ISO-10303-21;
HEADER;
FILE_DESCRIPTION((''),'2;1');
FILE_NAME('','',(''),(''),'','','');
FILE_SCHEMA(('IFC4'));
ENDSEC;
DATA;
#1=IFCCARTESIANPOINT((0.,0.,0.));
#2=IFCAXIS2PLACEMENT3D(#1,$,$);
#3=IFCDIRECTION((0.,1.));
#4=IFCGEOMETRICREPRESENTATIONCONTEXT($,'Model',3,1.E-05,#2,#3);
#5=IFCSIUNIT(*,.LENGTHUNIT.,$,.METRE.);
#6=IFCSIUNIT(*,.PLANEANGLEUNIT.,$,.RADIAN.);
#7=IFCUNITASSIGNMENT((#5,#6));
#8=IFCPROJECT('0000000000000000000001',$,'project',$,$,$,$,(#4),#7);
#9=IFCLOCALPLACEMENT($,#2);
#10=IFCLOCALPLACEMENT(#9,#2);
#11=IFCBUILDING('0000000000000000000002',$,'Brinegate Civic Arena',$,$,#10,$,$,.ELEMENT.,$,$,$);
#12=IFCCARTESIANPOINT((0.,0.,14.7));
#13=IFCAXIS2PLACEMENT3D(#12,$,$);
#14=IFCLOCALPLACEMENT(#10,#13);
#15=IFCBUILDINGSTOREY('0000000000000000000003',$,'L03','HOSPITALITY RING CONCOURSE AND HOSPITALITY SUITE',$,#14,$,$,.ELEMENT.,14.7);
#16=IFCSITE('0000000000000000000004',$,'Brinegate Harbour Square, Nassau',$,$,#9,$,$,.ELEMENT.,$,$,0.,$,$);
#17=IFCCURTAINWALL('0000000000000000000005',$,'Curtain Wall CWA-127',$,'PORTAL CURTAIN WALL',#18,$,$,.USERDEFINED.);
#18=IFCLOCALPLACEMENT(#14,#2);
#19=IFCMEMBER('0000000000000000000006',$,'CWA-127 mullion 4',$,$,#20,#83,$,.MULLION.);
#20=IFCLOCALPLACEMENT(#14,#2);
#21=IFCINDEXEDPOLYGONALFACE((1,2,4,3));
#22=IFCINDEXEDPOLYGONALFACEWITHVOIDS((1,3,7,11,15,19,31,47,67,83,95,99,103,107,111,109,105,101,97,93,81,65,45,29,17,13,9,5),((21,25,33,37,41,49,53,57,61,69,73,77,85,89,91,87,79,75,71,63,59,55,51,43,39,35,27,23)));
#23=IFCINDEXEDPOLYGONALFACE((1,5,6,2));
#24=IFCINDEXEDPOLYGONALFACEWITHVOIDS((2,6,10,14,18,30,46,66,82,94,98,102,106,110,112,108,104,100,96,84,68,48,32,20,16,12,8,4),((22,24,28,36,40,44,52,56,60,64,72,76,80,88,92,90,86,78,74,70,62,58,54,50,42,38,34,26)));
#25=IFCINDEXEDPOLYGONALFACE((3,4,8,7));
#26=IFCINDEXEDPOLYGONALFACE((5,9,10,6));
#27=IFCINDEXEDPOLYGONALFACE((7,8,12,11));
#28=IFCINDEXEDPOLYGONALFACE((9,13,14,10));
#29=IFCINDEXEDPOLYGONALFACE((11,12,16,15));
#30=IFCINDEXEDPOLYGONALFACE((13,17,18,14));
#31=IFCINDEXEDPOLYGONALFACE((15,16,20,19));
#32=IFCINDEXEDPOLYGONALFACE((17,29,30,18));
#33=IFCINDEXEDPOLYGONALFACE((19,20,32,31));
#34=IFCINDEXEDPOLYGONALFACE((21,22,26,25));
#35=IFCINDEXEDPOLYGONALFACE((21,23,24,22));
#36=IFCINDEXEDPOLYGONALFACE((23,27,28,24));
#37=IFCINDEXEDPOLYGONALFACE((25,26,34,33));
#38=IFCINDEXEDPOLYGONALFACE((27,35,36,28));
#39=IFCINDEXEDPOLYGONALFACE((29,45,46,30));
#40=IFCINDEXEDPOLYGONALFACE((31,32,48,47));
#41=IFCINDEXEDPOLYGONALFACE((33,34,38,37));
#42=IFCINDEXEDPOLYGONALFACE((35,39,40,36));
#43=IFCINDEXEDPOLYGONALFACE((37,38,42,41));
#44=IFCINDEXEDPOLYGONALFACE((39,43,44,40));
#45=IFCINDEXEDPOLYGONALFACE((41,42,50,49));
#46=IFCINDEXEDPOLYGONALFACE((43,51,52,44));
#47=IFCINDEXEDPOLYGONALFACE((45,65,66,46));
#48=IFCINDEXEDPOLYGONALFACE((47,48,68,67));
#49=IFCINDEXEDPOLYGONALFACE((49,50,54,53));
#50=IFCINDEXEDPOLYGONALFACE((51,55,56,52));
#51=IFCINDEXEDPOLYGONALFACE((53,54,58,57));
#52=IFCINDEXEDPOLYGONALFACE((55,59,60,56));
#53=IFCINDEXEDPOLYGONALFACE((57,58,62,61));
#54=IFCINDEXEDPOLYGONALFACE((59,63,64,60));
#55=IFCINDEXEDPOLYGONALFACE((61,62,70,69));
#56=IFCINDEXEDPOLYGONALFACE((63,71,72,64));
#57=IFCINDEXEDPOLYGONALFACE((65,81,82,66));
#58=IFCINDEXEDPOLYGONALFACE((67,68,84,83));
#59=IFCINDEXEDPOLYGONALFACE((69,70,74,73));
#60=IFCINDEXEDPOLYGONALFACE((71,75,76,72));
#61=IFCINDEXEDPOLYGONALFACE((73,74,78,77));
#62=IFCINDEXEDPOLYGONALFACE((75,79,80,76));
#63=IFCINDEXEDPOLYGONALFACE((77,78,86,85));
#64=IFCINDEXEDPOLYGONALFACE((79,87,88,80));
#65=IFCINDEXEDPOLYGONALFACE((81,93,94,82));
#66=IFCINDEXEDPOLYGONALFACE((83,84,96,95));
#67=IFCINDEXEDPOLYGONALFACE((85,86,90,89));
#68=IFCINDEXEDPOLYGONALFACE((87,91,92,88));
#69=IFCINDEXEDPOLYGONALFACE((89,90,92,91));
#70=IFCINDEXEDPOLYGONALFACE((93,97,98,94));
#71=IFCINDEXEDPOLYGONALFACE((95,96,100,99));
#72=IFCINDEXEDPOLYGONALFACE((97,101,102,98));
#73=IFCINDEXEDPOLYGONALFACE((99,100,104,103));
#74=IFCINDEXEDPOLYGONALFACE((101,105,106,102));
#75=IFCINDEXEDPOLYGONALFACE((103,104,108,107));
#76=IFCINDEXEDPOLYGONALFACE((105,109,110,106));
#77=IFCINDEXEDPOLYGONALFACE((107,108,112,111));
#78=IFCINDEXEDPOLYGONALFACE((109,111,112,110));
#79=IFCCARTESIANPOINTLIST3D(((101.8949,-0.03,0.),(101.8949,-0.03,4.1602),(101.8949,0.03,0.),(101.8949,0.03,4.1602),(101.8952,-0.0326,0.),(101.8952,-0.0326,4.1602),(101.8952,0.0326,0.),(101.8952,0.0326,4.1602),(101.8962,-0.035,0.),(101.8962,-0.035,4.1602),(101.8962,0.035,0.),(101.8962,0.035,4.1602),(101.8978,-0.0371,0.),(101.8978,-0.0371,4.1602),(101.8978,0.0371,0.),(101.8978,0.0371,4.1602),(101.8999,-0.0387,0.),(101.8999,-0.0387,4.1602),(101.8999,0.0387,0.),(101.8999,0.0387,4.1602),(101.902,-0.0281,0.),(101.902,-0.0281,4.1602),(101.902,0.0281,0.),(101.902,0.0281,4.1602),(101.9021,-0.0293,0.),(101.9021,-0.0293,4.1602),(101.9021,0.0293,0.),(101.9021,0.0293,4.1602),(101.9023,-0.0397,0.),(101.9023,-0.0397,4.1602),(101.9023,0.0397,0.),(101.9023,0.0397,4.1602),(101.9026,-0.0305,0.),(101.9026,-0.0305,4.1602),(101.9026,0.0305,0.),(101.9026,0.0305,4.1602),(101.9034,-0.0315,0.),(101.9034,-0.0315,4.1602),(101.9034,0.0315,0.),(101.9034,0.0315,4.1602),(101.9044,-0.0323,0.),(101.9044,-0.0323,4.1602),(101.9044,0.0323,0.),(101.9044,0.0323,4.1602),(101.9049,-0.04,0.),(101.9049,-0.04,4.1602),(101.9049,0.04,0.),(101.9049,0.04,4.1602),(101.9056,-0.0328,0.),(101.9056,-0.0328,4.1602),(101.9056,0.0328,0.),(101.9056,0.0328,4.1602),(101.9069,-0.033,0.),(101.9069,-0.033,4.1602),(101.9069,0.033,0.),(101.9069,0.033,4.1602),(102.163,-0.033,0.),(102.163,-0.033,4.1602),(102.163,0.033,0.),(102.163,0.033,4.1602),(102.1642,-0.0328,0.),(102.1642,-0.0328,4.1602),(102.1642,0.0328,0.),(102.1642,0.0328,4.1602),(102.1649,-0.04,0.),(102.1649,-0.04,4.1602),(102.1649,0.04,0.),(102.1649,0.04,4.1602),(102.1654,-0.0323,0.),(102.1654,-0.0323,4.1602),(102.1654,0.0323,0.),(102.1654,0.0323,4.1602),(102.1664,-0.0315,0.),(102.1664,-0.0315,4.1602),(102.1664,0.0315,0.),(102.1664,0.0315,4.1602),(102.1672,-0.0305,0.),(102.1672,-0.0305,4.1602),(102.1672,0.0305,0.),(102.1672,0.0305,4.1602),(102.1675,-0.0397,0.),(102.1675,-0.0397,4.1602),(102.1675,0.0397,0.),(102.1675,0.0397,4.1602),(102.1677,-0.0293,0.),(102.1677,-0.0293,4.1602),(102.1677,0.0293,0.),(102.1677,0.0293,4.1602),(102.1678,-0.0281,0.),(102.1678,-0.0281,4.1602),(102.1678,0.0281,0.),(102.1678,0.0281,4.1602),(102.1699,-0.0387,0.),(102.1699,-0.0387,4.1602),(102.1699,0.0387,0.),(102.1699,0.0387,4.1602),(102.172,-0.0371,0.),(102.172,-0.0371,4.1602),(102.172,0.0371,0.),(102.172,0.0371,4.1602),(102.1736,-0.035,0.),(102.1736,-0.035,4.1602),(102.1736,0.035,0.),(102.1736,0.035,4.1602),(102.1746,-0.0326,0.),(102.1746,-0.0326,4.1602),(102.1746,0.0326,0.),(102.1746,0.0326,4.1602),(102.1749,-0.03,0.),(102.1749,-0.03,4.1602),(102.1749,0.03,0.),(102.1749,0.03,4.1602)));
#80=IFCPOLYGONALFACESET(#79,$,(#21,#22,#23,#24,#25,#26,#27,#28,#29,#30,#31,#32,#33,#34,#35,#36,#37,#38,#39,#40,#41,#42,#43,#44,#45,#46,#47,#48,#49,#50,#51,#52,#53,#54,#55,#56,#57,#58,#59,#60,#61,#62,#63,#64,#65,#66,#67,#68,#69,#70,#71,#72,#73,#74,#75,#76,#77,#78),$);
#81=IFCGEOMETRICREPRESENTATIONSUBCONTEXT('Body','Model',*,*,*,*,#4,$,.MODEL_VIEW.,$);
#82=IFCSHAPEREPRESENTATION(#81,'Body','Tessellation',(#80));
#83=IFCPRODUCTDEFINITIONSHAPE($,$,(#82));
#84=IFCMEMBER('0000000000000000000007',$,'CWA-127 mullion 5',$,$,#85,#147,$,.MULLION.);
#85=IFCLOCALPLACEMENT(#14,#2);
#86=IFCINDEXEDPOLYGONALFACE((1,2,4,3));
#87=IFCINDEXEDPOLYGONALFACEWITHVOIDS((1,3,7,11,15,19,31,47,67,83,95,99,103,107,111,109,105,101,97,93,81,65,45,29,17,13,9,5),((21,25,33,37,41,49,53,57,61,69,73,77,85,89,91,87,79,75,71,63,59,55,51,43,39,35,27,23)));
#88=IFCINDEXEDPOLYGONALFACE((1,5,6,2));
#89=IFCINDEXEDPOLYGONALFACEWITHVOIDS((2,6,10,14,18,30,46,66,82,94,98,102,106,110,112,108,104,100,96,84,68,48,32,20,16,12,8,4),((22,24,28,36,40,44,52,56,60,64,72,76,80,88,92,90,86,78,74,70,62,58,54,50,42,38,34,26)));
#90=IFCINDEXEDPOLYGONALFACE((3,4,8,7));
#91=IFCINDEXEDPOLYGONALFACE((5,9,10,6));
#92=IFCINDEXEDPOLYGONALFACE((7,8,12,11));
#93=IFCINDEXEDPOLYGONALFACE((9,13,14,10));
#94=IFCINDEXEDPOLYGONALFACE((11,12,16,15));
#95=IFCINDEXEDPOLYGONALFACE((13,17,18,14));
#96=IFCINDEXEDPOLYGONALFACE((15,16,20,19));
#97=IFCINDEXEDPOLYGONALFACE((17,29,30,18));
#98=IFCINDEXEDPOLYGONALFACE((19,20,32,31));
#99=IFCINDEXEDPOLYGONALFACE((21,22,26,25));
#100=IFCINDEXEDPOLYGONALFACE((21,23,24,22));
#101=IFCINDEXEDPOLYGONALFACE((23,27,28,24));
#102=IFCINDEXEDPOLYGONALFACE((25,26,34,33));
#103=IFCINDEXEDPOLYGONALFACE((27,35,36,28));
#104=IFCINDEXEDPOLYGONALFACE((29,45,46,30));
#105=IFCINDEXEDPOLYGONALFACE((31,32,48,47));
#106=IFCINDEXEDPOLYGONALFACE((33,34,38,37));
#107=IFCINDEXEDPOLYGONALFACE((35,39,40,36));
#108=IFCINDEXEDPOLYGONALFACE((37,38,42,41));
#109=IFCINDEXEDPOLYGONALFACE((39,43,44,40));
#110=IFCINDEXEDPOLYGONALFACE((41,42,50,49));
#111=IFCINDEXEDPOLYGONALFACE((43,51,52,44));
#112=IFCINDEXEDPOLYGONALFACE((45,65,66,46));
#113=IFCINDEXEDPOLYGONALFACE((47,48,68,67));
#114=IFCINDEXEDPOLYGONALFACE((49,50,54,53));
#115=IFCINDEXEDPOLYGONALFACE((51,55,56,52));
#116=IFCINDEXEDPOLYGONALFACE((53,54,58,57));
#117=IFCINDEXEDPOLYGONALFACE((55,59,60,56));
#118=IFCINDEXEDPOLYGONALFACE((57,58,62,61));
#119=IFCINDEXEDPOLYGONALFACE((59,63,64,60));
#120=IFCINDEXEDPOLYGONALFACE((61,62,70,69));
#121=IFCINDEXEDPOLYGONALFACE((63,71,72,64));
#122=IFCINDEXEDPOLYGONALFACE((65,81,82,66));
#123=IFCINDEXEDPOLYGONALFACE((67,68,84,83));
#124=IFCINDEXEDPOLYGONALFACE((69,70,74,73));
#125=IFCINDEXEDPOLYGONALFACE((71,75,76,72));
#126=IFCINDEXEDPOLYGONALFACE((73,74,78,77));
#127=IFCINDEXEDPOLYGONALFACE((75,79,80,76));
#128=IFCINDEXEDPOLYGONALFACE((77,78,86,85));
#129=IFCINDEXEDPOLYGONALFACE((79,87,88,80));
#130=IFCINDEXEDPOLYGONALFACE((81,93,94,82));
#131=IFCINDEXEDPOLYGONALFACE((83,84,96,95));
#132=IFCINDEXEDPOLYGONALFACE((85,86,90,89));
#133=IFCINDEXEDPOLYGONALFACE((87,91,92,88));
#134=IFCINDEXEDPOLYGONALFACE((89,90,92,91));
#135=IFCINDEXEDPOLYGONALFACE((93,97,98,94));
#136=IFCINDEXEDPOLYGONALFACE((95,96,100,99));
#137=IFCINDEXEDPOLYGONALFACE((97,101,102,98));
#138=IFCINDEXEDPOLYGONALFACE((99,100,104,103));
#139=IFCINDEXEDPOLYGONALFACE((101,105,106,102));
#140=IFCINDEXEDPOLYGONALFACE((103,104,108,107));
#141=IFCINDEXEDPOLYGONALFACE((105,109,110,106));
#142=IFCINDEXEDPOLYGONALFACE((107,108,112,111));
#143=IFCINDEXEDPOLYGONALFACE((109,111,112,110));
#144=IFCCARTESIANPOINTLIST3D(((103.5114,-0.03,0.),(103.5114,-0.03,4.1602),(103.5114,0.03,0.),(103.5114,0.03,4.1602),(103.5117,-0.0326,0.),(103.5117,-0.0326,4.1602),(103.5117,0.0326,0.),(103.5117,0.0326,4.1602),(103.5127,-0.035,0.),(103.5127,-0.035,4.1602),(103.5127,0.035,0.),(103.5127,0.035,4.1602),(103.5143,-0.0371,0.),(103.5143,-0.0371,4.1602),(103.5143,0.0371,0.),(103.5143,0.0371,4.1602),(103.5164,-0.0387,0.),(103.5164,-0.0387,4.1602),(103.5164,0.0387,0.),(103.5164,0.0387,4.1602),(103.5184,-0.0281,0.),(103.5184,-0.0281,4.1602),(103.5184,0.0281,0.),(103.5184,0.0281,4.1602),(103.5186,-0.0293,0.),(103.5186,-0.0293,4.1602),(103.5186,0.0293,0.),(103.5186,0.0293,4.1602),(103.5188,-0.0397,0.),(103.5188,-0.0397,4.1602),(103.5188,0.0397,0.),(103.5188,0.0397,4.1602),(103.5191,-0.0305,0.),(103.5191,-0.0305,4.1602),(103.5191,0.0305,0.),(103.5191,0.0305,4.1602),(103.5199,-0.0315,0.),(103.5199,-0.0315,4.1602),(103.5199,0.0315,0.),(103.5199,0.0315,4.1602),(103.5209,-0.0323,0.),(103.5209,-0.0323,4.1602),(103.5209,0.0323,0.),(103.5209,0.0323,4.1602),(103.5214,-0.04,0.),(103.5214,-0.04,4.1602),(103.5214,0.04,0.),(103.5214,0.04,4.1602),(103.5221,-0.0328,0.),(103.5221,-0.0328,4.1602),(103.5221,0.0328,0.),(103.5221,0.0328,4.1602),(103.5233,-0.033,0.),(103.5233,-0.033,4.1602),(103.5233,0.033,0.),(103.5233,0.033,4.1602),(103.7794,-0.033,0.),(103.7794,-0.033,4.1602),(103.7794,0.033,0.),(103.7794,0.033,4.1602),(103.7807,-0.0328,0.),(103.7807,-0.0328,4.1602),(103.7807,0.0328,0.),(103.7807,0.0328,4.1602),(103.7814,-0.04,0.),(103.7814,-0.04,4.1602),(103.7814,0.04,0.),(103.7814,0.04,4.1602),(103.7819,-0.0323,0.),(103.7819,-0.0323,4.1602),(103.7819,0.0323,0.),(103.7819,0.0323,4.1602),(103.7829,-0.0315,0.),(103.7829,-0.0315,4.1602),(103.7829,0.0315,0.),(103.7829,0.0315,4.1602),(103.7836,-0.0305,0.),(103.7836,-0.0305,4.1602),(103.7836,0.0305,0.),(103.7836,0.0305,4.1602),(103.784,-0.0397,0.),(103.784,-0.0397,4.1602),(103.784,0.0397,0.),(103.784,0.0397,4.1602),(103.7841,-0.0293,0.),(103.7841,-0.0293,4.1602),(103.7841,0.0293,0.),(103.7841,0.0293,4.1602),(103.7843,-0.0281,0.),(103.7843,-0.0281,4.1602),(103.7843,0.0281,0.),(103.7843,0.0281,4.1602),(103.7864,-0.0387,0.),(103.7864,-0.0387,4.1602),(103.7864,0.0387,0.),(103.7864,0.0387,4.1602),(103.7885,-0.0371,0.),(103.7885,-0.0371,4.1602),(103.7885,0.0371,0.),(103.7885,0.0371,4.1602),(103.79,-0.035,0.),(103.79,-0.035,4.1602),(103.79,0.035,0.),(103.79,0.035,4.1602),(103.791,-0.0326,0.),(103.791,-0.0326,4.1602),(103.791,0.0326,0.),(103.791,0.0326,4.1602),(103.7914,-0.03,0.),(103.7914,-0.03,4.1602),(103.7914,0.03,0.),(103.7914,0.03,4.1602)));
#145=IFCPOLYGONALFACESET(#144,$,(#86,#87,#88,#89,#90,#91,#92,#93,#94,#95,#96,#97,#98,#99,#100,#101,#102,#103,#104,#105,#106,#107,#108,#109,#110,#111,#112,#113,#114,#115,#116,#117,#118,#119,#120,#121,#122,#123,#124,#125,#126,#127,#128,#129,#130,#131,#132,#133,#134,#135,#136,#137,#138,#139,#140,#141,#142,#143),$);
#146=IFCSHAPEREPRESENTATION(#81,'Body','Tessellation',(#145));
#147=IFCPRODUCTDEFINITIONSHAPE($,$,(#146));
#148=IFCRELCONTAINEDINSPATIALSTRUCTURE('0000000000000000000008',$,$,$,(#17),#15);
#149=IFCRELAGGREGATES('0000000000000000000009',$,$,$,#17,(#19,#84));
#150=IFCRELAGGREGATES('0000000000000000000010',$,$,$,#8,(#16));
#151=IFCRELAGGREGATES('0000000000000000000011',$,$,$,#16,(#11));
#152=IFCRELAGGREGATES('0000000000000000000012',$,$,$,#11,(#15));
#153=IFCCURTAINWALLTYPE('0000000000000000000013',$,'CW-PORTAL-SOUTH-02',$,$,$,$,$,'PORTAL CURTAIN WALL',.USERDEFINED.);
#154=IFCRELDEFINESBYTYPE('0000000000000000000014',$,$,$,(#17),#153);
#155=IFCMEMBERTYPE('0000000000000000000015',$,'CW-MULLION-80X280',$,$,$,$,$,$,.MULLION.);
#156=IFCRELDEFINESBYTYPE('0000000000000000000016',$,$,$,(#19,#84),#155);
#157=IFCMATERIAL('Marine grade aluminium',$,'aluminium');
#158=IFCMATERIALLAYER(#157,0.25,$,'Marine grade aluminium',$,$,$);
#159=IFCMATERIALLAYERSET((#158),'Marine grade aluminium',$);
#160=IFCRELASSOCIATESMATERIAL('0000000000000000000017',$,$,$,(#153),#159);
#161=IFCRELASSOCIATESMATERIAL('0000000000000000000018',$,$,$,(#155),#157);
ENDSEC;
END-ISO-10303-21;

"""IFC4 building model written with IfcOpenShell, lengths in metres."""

from ifc_helpers import new_model, si_unit, direction, frame, origin, origin_2d, place, context, subcontext, project, spatial, hollow_rectangle, extrude, material, layer, layer_set, material_profile, profile_set, type_object, element, aggregate, save


model = new_model("IFC4")

# Units and contexts
model_context = context("Model", 3, precision=1e-05, world=origin(), true_north=direction((0.0, 1.0)))
body_context = subcontext(model_context, "Body", "Model", "MODEL_VIEW")
ifc_project = project(units=[si_unit("LENGTHUNIT", "METRE"), si_unit("PLANEANGLEUNIT", "RADIAN")], contexts=[model_context])

# Site, building, storey
site_placement = place(None, origin())
site = spatial("IfcSite", under=ifc_project, at=site_placement, Name="Brinegate Harbour Square, Nassau", CompositionType="ELEMENT", RefElevation=0.0)
building_placement = place(site_placement, origin())
building = spatial("IfcBuilding", under=site, at=building_placement, Name="Brinegate Civic Arena", CompositionType="ELEMENT")
storey_placement = place(building_placement, frame((0.0, 0.0, 14.7)))
storey = spatial("IfcBuildingStorey", under=building, at=storey_placement, Name="L03", Description="HOSPITALITY RING CONCOURSE AND HOSPITALITY SUITE", CompositionType="ELEMENT", Elevation=14.7)

# Curtain wall, members
ifc_material_1 = material(Name="Marine grade aluminium", Category="aluminium")
ifc_layer_1 = layer(ifc_material_1, 0.25, Name="Marine grade aluminium")
ifc_layer_set_1 = layer_set([ifc_layer_1], Name="Marine grade aluminium")
curtain_wall_type = type_object("IfcCurtainWallType", Name="CW-PORTAL-SOUTH-02", ElementType="PORTAL CURTAIN WALL", PredefinedType="USERDEFINED", material=ifc_layer_set_1)
curtain_wall_placement = place(storey_placement, origin())
curtain_wall = element("IfcCurtainWall", 1, at=curtain_wall_placement, inside=storey, type_object=curtain_wall_type, Name="Curtain Wall CWA-127", ObjectType="PORTAL CURTAIN WALL", PredefinedType="USERDEFINED")
ifc_material_profile_1 = material_profile(ifc_material_1, hollow_rectangle(XDim=0.0801, YDim=0.28, WallThickness=0.0071, InnerFilletRadius=0.0049, OuterFilletRadius=0.01, at=origin_2d()), Name="MUL80X280")
ifc_profile_set_1 = profile_set([ifc_material_profile_1], Name="Marine grade aluminium")
member_type_1 = type_object("IfcMemberType", Name="CW-MULLION-80X280", PredefinedType="MULLION", material=ifc_profile_set_1)
member_1_placement = place(storey_placement, frame((102.0349, 0.0, 0.0), z_axis=(0.0, 0.0, 1.0), x_axis=(0.0, 1.0, 0.0)))
member_1 = element("IfcMember", 2, at=member_1_placement, type_object=member_type_1, Name="CWA-127 mullion 4", PredefinedType="MULLION", context=body_context, shape_type="SweptSolid", body=[
    extrude(hollow_rectangle(XDim=0.0801, YDim=0.28, WallThickness=0.0071, InnerFilletRadius=0.0049, OuterFilletRadius=0.01, at=origin_2d()), origin(), (0.0, 0.0, 1.0), 4.1602),
])
member_2_placement = place(storey_placement, frame((103.6514, 0.0, 0.0), z_axis=(0.0, 0.0, 1.0), x_axis=(0.0, 1.0, 0.0)))
member_2 = element("IfcMember", 3, at=member_2_placement, type_object=member_type_1, Name="CWA-127 mullion 5", PredefinedType="MULLION", context=body_context, shape_type="SweptSolid", body=[
    extrude(hollow_rectangle(XDim=0.0801, YDim=0.28, WallThickness=0.0071, InnerFilletRadius=0.0049, OuterFilletRadius=0.01, at=origin_2d()), origin(), (0.0, 0.0, 1.0), 4.1602),
])
aggregate(curtain_wall, [member_1, member_2])

save(model, "model.ifc")
